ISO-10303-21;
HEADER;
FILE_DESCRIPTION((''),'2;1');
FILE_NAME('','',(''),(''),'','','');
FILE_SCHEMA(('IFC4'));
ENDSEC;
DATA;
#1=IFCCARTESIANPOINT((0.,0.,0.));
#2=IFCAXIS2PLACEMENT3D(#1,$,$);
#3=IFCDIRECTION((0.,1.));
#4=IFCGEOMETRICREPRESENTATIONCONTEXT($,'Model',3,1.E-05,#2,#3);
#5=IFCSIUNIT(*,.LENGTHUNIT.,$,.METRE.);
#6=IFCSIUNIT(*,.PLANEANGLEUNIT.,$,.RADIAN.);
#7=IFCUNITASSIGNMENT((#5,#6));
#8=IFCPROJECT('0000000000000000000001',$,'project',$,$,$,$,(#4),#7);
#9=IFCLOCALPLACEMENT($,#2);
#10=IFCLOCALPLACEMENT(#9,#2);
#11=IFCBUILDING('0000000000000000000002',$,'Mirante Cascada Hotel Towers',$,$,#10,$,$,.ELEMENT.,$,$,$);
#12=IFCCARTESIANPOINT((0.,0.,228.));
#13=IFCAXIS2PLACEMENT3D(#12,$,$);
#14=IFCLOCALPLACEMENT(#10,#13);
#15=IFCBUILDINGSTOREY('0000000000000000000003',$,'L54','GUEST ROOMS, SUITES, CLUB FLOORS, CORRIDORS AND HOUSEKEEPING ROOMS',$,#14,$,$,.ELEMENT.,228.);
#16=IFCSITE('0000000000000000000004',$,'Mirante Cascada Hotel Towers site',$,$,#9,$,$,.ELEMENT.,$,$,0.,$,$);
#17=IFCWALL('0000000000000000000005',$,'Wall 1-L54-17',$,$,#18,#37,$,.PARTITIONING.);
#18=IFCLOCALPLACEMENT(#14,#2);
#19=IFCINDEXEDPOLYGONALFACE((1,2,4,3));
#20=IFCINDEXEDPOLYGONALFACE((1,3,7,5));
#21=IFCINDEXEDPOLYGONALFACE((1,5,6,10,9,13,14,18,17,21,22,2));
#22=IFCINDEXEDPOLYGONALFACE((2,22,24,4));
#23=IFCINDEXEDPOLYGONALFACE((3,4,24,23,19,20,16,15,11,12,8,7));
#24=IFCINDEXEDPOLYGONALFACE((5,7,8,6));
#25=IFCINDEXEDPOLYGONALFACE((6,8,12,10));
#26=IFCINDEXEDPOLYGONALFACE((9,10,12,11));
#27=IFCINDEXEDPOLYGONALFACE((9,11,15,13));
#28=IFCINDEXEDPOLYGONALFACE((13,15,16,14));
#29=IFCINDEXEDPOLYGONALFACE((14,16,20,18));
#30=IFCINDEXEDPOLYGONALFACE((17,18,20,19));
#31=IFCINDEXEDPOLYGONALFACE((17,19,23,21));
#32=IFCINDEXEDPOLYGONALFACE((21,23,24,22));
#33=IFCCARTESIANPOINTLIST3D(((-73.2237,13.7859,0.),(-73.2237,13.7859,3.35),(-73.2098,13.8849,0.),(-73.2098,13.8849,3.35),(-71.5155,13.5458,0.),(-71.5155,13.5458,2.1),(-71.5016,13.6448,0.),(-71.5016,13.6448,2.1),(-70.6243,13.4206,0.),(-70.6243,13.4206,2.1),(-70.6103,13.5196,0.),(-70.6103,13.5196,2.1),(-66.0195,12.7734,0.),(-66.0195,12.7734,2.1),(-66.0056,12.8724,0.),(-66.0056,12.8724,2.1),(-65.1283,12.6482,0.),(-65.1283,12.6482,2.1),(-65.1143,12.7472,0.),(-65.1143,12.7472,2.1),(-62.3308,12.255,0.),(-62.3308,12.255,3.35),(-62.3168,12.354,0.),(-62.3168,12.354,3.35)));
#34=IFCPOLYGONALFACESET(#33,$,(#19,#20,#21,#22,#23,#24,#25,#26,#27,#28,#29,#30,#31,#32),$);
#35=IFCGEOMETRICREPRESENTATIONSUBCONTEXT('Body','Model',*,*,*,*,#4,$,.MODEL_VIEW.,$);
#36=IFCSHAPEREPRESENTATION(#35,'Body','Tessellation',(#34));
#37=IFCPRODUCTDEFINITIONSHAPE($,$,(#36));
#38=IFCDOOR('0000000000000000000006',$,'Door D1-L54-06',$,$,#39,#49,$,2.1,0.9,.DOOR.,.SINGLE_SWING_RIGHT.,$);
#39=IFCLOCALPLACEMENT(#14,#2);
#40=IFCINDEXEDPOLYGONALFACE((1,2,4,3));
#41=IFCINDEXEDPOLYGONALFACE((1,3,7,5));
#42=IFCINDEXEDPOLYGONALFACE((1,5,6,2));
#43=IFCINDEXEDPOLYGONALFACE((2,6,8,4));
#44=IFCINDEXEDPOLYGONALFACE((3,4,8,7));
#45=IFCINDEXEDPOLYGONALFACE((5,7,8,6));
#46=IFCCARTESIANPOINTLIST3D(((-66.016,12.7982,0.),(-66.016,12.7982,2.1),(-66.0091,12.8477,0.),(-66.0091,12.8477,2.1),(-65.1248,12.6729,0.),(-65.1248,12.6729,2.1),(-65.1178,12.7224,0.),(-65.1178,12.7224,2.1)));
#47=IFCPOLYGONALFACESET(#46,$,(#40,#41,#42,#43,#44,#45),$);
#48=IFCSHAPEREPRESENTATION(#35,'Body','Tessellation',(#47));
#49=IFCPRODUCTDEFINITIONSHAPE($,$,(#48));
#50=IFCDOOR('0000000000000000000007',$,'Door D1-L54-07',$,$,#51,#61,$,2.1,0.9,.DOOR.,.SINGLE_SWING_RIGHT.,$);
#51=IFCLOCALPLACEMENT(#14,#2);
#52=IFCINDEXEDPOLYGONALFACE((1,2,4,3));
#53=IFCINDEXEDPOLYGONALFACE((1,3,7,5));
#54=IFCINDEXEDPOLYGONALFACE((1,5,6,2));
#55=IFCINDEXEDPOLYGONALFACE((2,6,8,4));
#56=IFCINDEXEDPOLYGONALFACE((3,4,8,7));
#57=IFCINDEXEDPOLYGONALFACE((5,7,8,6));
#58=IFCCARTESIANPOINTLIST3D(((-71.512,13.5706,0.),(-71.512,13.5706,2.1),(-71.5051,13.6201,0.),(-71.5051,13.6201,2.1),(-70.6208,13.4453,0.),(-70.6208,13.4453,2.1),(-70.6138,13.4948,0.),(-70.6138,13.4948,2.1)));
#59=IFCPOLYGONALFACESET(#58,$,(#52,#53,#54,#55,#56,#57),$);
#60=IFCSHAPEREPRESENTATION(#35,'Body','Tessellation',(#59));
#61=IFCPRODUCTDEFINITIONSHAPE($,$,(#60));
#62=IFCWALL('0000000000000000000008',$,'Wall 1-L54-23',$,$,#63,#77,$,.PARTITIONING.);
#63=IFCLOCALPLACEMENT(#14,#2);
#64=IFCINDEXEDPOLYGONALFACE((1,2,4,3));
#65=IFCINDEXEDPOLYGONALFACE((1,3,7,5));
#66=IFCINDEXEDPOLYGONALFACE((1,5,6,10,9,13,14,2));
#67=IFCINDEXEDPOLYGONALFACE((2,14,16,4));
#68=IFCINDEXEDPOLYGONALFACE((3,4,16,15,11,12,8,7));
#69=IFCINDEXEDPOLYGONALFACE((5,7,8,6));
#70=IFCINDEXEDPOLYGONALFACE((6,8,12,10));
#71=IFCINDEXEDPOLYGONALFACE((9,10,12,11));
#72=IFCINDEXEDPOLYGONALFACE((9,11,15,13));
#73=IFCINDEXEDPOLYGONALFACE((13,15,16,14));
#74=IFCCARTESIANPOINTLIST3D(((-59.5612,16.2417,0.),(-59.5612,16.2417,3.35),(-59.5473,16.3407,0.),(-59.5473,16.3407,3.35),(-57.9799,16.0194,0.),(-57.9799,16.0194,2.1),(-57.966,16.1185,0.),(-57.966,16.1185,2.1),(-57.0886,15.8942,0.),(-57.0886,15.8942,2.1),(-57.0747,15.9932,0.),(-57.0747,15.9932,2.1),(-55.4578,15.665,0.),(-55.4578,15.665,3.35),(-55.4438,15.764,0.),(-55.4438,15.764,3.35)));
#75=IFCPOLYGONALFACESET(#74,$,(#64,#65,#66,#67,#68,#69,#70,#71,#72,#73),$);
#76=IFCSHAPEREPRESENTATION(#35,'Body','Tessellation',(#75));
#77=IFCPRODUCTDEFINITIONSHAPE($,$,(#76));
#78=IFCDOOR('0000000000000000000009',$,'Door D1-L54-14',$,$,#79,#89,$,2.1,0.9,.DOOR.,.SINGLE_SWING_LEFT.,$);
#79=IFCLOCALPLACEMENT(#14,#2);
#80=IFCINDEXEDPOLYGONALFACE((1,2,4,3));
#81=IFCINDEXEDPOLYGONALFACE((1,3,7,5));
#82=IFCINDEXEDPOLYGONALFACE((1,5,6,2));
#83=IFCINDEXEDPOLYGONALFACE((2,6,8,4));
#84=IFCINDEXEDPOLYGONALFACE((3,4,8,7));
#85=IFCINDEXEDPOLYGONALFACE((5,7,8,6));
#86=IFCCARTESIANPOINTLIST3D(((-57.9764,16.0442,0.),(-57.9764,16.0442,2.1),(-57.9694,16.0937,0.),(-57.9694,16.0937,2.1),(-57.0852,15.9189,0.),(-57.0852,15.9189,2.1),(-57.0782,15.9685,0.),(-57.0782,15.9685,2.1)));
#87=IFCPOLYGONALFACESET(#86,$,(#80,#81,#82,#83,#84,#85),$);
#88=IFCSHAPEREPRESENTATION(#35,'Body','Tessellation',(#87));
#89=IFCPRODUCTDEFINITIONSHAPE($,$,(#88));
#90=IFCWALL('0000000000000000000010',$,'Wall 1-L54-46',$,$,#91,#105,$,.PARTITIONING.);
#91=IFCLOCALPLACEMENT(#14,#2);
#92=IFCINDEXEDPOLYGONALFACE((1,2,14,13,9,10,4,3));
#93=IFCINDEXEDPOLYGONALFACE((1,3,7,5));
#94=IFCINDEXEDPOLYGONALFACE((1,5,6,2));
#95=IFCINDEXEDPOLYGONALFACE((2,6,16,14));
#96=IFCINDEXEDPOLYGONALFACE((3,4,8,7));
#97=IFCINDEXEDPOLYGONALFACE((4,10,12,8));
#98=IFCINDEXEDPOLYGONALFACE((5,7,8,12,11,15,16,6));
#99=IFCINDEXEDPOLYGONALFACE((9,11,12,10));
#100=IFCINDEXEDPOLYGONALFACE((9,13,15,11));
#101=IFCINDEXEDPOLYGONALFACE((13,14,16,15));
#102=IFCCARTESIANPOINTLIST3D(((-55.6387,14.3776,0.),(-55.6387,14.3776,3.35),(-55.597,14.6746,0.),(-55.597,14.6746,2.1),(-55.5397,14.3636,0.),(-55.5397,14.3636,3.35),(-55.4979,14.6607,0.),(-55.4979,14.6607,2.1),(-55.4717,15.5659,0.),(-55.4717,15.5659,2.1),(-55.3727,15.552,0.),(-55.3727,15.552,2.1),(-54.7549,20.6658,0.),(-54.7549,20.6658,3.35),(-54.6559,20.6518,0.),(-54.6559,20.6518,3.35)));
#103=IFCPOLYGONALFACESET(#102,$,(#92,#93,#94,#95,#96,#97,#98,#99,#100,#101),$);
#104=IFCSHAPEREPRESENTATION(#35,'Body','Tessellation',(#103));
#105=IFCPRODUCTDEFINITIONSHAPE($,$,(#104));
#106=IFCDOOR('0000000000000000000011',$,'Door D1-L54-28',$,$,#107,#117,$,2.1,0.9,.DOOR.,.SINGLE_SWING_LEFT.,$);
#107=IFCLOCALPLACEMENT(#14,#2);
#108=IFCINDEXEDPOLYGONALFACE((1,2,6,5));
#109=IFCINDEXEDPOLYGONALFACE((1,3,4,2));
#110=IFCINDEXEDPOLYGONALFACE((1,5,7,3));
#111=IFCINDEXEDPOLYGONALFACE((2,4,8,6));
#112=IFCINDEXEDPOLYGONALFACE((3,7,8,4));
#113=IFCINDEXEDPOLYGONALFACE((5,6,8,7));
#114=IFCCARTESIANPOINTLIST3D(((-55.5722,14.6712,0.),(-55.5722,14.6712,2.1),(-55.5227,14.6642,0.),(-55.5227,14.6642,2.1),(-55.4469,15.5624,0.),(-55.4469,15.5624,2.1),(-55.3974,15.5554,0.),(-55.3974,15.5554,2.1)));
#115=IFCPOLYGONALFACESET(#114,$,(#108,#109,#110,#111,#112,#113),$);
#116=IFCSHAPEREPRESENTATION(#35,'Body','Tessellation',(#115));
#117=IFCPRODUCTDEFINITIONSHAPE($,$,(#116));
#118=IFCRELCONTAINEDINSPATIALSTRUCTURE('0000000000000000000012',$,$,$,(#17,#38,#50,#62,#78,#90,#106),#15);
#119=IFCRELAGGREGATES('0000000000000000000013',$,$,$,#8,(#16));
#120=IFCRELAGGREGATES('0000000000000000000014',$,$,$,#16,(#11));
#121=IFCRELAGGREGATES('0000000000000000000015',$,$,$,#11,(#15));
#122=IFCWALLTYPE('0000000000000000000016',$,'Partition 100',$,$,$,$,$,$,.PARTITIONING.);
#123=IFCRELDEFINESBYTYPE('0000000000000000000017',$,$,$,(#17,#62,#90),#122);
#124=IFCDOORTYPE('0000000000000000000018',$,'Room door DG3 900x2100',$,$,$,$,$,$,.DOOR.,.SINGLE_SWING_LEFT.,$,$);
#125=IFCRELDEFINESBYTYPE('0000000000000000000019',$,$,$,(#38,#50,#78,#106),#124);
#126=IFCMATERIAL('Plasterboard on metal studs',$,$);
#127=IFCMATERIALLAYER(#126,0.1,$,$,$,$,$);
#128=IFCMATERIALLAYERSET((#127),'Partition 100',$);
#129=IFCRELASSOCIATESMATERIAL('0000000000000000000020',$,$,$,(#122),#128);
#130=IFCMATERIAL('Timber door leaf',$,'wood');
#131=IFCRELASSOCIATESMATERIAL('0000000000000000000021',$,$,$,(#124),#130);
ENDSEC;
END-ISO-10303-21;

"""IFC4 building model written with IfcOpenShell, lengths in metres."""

from ifc_helpers import new_model, si_unit, direction, frame, frame_2d, origin, place, context, subcontext, project, spatial, rectangle, extrude, material, layer, layer_set, type_object, element, fill, save


model = new_model("IFC4")

# Units and contexts
model_context = context("Model", 3, precision=1e-05, world=origin(), true_north=direction((0.0, 1.0)))
body_context = subcontext(model_context, "Body", "Model", "MODEL_VIEW")
ifc_project = project(units=[si_unit("LENGTHUNIT", "METRE"), si_unit("PLANEANGLEUNIT", "RADIAN")], contexts=[model_context])

# Site, building, storey
site_placement = place(None, origin())
site = spatial("IfcSite", under=ifc_project, at=site_placement, Name="Mirante Cascada Hotel Towers site", CompositionType="ELEMENT", RefElevation=0.0)
building_placement = place(site_placement, origin())
building = spatial("IfcBuilding", under=site, at=building_placement, Name="Mirante Cascada Hotel Towers", CompositionType="ELEMENT")
storey_placement = place(building_placement, frame((0.0, 0.0, 228.0)))
storey = spatial("IfcBuildingStorey", under=building, at=storey_placement, Name="L54", Description="GUEST ROOMS, SUITES, CLUB FLOORS, CORRIDORS AND HOUSEKEEPING ROOMS", CompositionType="ELEMENT", Elevation=228.0)

# Wall, openings, doors
ifc_material_1 = material(Name="Plasterboard on metal studs")
ifc_layer_1 = layer(ifc_material_1, 0.1)
ifc_layer_set_1 = layer_set([ifc_layer_1], Name="Partition 100")
wall_type_1 = type_object("IfcWallType", Name="Partition 100", PredefinedType="PARTITIONING", material=ifc_layer_set_1)
wall_1_placement = place(storey_placement, frame((-62.3238, 12.3045, 0.0), z_axis=(0.0, 0.0, 1.0), x_axis=(-0.990268, 0.139173, 0.0)))
wall_1 = element("IfcWall", 1, at=wall_1_placement, inside=storey, type_object=wall_type_1, Name="Wall 1-L54-17", PredefinedType="PARTITIONING", context=body_context, shape_type="SweptSolid", body=[
    extrude(rectangle(XDim=11.0, YDim=0.1, at=frame_2d((5.5, 0.0))), origin(), (0.0, 0.0, 1.0), 3.35),
])
opening_1_placement = place(wall_1_placement, frame((2.825, 0.0, 0.0)))
opening_1 = element("IfcOpeningElement", 2, at=opening_1_placement, cuts=wall_1, PredefinedType="OPENING", context=body_context, shape_type="SweptSolid", body=[
    extrude(rectangle(XDim=0.9, YDim=2.1, at=frame_2d((0.45, 1.05))), frame((0.0, 0.05, 0.0), z_axis=(0.0, -1.0, 0.0), x_axis=(1.0, 0.0, 0.0)), (0.0, 0.0, 1.0), 0.1),
])
opening_2_placement = place(wall_1_placement, frame((8.375, 0.0, 0.0)))
opening_2 = element("IfcOpeningElement", 3, at=opening_2_placement, cuts=wall_1, PredefinedType="OPENING", context=body_context, shape_type="SweptSolid", body=[
    extrude(rectangle(XDim=0.9, YDim=2.1, at=frame_2d((0.45, 1.05))), frame((0.0, 0.05, 0.0), z_axis=(0.0, -1.0, 0.0), x_axis=(1.0, 0.0, 0.0)), (0.0, 0.0, 1.0), 0.1),
])
ifc_material_2 = material(Name="Timber door leaf", Category="wood")
door_type_1 = type_object("IfcDoorType", Name="Room door DG3 900x2100", OperationType="SINGLE_SWING_LEFT", PredefinedType="DOOR", material=ifc_material_2)
door_1_placement = place(opening_1_placement, frame((0.9, 0.0, 0.0), z_axis=(0.0, 0.0, 1.0), x_axis=(-1.0, 0.0, 0.0)))
door_1 = element("IfcDoor", 4, at=door_1_placement, inside=storey, type_object=door_type_1, Name="Door D1-L54-06", OperationType="SINGLE_SWING_RIGHT", OverallHeight=2.1, OverallWidth=0.9, PredefinedType="DOOR", context=body_context, shape_type="SweptSolid", body=[
    extrude(rectangle(XDim=0.9, YDim=2.1, at=frame_2d((0.45, 1.05))), frame((0.0, 0.025, 0.0), z_axis=(0.0, -1.0, 0.0), x_axis=(1.0, 0.0, 0.0)), (0.0, 0.0, 1.0), 0.05),
])
fill(opening_1, door_1)
door_2_placement = place(opening_2_placement, frame((0.9, 0.0, 0.0), z_axis=(0.0, 0.0, 1.0), x_axis=(-1.0, 0.0, 0.0)))
door_2 = element("IfcDoor", 5, at=door_2_placement, inside=storey, type_object=door_type_1, Name="Door D1-L54-07", OperationType="SINGLE_SWING_RIGHT", OverallHeight=2.1, OverallWidth=0.9, PredefinedType="DOOR", context=body_context, shape_type="SweptSolid", body=[
    extrude(rectangle(XDim=0.9, YDim=2.1, at=frame_2d((0.45, 1.05))), frame((0.0, 0.025, 0.0), z_axis=(0.0, -1.0, 0.0), x_axis=(1.0, 0.0, 0.0)), (0.0, 0.0, 1.0), 0.05),
])
fill(opening_2, door_2)

# Walls, openings, doors
wall_2_placement = place(storey_placement, frame((-55.4508, 15.7145, 0.0), z_axis=(0.0, 0.0, 1.0), x_axis=(-0.990268, 0.139171, 0.0)))
wall_2 = element("IfcWall", 6, at=wall_2_placement, inside=storey, type_object=wall_type_1, Name="Wall 1-L54-23", PredefinedType="PARTITIONING", context=body_context, shape_type="SweptSolid", body=[
    extrude(rectangle(XDim=4.1438, YDim=0.1, at=frame_2d((2.0719, 0.0))), origin(), (0.0, 0.0, 1.0), 3.35),
])
opening_3_placement = place(wall_2_placement, frame((1.6469, 0.0, 0.0)))
opening_3 = element("IfcOpeningElement", 7, at=opening_3_placement, cuts=wall_2, PredefinedType="OPENING", context=body_context, shape_type="SweptSolid", body=[
    extrude(rectangle(XDim=0.9, YDim=2.1, at=frame_2d((0.45, 1.05))), frame((0.0, 0.05, 0.0), z_axis=(0.0, -1.0, 0.0), x_axis=(1.0, 0.0, 0.0)), (0.0, 0.0, 1.0), 0.1),
])
door_3_placement = place(opening_3_placement, origin())
door_3 = element("IfcDoor", 8, at=door_3_placement, inside=storey, type_object=door_type_1, Name="Door D1-L54-14", OperationType="SINGLE_SWING_LEFT", OverallHeight=2.1, OverallWidth=0.9, PredefinedType="DOOR", context=body_context, shape_type="SweptSolid", body=[
    extrude(rectangle(XDim=0.9, YDim=2.1, at=frame_2d((0.45, 1.05))), frame((0.0, 0.025, 0.0), z_axis=(0.0, -1.0, 0.0), x_axis=(1.0, 0.0, 0.0)), (0.0, 0.0, 1.0), 0.05),
])
fill(opening_3, door_3)
wall_3_placement = place(storey_placement, frame((-54.7054, 20.6588, 0.0), z_axis=(0.0, 0.0, 1.0), x_axis=(-0.139181, -0.990267, 0.0)))
wall_3 = element("IfcWall", 9, at=wall_3_placement, inside=storey, type_object=wall_type_1, Name="Wall 1-L54-46", PredefinedType="PARTITIONING", context=body_context, shape_type="SweptSolid", body=[
    extrude(rectangle(XDim=6.35, YDim=0.1, at=frame_2d((3.175, 0.0))), origin(), (0.0, 0.0, 1.0), 3.35),
])
opening_4_placement = place(wall_3_placement, frame((5.15, 0.0, 0.0)))
opening_4 = element("IfcOpeningElement", 10, at=opening_4_placement, cuts=wall_3, PredefinedType="OPENING", context=body_context, shape_type="SweptSolid", body=[
    extrude(rectangle(XDim=0.9, YDim=2.1, at=frame_2d((0.45, 1.05))), frame((0.0, 0.05, 0.0), z_axis=(0.0, -1.0, 0.0), x_axis=(1.0, 0.0, 0.0)), (0.0, 0.0, 1.0), 0.1),
])
door_4_placement = place(opening_4_placement, origin())
door_4 = element("IfcDoor", 11, at=door_4_placement, inside=storey, type_object=door_type_1, Name="Door D1-L54-28", OperationType="SINGLE_SWING_LEFT", OverallHeight=2.1, OverallWidth=0.9, PredefinedType="DOOR", context=body_context, shape_type="SweptSolid", body=[
    extrude(rectangle(XDim=0.9, YDim=2.1, at=frame_2d((0.45, 1.05))), frame((0.0, 0.025, 0.0), z_axis=(0.0, -1.0, 0.0), x_axis=(1.0, 0.0, 0.0)), (0.0, 0.0, 1.0), 0.05),
])
fill(opening_4, door_4)

save(model, "model.ifc")
